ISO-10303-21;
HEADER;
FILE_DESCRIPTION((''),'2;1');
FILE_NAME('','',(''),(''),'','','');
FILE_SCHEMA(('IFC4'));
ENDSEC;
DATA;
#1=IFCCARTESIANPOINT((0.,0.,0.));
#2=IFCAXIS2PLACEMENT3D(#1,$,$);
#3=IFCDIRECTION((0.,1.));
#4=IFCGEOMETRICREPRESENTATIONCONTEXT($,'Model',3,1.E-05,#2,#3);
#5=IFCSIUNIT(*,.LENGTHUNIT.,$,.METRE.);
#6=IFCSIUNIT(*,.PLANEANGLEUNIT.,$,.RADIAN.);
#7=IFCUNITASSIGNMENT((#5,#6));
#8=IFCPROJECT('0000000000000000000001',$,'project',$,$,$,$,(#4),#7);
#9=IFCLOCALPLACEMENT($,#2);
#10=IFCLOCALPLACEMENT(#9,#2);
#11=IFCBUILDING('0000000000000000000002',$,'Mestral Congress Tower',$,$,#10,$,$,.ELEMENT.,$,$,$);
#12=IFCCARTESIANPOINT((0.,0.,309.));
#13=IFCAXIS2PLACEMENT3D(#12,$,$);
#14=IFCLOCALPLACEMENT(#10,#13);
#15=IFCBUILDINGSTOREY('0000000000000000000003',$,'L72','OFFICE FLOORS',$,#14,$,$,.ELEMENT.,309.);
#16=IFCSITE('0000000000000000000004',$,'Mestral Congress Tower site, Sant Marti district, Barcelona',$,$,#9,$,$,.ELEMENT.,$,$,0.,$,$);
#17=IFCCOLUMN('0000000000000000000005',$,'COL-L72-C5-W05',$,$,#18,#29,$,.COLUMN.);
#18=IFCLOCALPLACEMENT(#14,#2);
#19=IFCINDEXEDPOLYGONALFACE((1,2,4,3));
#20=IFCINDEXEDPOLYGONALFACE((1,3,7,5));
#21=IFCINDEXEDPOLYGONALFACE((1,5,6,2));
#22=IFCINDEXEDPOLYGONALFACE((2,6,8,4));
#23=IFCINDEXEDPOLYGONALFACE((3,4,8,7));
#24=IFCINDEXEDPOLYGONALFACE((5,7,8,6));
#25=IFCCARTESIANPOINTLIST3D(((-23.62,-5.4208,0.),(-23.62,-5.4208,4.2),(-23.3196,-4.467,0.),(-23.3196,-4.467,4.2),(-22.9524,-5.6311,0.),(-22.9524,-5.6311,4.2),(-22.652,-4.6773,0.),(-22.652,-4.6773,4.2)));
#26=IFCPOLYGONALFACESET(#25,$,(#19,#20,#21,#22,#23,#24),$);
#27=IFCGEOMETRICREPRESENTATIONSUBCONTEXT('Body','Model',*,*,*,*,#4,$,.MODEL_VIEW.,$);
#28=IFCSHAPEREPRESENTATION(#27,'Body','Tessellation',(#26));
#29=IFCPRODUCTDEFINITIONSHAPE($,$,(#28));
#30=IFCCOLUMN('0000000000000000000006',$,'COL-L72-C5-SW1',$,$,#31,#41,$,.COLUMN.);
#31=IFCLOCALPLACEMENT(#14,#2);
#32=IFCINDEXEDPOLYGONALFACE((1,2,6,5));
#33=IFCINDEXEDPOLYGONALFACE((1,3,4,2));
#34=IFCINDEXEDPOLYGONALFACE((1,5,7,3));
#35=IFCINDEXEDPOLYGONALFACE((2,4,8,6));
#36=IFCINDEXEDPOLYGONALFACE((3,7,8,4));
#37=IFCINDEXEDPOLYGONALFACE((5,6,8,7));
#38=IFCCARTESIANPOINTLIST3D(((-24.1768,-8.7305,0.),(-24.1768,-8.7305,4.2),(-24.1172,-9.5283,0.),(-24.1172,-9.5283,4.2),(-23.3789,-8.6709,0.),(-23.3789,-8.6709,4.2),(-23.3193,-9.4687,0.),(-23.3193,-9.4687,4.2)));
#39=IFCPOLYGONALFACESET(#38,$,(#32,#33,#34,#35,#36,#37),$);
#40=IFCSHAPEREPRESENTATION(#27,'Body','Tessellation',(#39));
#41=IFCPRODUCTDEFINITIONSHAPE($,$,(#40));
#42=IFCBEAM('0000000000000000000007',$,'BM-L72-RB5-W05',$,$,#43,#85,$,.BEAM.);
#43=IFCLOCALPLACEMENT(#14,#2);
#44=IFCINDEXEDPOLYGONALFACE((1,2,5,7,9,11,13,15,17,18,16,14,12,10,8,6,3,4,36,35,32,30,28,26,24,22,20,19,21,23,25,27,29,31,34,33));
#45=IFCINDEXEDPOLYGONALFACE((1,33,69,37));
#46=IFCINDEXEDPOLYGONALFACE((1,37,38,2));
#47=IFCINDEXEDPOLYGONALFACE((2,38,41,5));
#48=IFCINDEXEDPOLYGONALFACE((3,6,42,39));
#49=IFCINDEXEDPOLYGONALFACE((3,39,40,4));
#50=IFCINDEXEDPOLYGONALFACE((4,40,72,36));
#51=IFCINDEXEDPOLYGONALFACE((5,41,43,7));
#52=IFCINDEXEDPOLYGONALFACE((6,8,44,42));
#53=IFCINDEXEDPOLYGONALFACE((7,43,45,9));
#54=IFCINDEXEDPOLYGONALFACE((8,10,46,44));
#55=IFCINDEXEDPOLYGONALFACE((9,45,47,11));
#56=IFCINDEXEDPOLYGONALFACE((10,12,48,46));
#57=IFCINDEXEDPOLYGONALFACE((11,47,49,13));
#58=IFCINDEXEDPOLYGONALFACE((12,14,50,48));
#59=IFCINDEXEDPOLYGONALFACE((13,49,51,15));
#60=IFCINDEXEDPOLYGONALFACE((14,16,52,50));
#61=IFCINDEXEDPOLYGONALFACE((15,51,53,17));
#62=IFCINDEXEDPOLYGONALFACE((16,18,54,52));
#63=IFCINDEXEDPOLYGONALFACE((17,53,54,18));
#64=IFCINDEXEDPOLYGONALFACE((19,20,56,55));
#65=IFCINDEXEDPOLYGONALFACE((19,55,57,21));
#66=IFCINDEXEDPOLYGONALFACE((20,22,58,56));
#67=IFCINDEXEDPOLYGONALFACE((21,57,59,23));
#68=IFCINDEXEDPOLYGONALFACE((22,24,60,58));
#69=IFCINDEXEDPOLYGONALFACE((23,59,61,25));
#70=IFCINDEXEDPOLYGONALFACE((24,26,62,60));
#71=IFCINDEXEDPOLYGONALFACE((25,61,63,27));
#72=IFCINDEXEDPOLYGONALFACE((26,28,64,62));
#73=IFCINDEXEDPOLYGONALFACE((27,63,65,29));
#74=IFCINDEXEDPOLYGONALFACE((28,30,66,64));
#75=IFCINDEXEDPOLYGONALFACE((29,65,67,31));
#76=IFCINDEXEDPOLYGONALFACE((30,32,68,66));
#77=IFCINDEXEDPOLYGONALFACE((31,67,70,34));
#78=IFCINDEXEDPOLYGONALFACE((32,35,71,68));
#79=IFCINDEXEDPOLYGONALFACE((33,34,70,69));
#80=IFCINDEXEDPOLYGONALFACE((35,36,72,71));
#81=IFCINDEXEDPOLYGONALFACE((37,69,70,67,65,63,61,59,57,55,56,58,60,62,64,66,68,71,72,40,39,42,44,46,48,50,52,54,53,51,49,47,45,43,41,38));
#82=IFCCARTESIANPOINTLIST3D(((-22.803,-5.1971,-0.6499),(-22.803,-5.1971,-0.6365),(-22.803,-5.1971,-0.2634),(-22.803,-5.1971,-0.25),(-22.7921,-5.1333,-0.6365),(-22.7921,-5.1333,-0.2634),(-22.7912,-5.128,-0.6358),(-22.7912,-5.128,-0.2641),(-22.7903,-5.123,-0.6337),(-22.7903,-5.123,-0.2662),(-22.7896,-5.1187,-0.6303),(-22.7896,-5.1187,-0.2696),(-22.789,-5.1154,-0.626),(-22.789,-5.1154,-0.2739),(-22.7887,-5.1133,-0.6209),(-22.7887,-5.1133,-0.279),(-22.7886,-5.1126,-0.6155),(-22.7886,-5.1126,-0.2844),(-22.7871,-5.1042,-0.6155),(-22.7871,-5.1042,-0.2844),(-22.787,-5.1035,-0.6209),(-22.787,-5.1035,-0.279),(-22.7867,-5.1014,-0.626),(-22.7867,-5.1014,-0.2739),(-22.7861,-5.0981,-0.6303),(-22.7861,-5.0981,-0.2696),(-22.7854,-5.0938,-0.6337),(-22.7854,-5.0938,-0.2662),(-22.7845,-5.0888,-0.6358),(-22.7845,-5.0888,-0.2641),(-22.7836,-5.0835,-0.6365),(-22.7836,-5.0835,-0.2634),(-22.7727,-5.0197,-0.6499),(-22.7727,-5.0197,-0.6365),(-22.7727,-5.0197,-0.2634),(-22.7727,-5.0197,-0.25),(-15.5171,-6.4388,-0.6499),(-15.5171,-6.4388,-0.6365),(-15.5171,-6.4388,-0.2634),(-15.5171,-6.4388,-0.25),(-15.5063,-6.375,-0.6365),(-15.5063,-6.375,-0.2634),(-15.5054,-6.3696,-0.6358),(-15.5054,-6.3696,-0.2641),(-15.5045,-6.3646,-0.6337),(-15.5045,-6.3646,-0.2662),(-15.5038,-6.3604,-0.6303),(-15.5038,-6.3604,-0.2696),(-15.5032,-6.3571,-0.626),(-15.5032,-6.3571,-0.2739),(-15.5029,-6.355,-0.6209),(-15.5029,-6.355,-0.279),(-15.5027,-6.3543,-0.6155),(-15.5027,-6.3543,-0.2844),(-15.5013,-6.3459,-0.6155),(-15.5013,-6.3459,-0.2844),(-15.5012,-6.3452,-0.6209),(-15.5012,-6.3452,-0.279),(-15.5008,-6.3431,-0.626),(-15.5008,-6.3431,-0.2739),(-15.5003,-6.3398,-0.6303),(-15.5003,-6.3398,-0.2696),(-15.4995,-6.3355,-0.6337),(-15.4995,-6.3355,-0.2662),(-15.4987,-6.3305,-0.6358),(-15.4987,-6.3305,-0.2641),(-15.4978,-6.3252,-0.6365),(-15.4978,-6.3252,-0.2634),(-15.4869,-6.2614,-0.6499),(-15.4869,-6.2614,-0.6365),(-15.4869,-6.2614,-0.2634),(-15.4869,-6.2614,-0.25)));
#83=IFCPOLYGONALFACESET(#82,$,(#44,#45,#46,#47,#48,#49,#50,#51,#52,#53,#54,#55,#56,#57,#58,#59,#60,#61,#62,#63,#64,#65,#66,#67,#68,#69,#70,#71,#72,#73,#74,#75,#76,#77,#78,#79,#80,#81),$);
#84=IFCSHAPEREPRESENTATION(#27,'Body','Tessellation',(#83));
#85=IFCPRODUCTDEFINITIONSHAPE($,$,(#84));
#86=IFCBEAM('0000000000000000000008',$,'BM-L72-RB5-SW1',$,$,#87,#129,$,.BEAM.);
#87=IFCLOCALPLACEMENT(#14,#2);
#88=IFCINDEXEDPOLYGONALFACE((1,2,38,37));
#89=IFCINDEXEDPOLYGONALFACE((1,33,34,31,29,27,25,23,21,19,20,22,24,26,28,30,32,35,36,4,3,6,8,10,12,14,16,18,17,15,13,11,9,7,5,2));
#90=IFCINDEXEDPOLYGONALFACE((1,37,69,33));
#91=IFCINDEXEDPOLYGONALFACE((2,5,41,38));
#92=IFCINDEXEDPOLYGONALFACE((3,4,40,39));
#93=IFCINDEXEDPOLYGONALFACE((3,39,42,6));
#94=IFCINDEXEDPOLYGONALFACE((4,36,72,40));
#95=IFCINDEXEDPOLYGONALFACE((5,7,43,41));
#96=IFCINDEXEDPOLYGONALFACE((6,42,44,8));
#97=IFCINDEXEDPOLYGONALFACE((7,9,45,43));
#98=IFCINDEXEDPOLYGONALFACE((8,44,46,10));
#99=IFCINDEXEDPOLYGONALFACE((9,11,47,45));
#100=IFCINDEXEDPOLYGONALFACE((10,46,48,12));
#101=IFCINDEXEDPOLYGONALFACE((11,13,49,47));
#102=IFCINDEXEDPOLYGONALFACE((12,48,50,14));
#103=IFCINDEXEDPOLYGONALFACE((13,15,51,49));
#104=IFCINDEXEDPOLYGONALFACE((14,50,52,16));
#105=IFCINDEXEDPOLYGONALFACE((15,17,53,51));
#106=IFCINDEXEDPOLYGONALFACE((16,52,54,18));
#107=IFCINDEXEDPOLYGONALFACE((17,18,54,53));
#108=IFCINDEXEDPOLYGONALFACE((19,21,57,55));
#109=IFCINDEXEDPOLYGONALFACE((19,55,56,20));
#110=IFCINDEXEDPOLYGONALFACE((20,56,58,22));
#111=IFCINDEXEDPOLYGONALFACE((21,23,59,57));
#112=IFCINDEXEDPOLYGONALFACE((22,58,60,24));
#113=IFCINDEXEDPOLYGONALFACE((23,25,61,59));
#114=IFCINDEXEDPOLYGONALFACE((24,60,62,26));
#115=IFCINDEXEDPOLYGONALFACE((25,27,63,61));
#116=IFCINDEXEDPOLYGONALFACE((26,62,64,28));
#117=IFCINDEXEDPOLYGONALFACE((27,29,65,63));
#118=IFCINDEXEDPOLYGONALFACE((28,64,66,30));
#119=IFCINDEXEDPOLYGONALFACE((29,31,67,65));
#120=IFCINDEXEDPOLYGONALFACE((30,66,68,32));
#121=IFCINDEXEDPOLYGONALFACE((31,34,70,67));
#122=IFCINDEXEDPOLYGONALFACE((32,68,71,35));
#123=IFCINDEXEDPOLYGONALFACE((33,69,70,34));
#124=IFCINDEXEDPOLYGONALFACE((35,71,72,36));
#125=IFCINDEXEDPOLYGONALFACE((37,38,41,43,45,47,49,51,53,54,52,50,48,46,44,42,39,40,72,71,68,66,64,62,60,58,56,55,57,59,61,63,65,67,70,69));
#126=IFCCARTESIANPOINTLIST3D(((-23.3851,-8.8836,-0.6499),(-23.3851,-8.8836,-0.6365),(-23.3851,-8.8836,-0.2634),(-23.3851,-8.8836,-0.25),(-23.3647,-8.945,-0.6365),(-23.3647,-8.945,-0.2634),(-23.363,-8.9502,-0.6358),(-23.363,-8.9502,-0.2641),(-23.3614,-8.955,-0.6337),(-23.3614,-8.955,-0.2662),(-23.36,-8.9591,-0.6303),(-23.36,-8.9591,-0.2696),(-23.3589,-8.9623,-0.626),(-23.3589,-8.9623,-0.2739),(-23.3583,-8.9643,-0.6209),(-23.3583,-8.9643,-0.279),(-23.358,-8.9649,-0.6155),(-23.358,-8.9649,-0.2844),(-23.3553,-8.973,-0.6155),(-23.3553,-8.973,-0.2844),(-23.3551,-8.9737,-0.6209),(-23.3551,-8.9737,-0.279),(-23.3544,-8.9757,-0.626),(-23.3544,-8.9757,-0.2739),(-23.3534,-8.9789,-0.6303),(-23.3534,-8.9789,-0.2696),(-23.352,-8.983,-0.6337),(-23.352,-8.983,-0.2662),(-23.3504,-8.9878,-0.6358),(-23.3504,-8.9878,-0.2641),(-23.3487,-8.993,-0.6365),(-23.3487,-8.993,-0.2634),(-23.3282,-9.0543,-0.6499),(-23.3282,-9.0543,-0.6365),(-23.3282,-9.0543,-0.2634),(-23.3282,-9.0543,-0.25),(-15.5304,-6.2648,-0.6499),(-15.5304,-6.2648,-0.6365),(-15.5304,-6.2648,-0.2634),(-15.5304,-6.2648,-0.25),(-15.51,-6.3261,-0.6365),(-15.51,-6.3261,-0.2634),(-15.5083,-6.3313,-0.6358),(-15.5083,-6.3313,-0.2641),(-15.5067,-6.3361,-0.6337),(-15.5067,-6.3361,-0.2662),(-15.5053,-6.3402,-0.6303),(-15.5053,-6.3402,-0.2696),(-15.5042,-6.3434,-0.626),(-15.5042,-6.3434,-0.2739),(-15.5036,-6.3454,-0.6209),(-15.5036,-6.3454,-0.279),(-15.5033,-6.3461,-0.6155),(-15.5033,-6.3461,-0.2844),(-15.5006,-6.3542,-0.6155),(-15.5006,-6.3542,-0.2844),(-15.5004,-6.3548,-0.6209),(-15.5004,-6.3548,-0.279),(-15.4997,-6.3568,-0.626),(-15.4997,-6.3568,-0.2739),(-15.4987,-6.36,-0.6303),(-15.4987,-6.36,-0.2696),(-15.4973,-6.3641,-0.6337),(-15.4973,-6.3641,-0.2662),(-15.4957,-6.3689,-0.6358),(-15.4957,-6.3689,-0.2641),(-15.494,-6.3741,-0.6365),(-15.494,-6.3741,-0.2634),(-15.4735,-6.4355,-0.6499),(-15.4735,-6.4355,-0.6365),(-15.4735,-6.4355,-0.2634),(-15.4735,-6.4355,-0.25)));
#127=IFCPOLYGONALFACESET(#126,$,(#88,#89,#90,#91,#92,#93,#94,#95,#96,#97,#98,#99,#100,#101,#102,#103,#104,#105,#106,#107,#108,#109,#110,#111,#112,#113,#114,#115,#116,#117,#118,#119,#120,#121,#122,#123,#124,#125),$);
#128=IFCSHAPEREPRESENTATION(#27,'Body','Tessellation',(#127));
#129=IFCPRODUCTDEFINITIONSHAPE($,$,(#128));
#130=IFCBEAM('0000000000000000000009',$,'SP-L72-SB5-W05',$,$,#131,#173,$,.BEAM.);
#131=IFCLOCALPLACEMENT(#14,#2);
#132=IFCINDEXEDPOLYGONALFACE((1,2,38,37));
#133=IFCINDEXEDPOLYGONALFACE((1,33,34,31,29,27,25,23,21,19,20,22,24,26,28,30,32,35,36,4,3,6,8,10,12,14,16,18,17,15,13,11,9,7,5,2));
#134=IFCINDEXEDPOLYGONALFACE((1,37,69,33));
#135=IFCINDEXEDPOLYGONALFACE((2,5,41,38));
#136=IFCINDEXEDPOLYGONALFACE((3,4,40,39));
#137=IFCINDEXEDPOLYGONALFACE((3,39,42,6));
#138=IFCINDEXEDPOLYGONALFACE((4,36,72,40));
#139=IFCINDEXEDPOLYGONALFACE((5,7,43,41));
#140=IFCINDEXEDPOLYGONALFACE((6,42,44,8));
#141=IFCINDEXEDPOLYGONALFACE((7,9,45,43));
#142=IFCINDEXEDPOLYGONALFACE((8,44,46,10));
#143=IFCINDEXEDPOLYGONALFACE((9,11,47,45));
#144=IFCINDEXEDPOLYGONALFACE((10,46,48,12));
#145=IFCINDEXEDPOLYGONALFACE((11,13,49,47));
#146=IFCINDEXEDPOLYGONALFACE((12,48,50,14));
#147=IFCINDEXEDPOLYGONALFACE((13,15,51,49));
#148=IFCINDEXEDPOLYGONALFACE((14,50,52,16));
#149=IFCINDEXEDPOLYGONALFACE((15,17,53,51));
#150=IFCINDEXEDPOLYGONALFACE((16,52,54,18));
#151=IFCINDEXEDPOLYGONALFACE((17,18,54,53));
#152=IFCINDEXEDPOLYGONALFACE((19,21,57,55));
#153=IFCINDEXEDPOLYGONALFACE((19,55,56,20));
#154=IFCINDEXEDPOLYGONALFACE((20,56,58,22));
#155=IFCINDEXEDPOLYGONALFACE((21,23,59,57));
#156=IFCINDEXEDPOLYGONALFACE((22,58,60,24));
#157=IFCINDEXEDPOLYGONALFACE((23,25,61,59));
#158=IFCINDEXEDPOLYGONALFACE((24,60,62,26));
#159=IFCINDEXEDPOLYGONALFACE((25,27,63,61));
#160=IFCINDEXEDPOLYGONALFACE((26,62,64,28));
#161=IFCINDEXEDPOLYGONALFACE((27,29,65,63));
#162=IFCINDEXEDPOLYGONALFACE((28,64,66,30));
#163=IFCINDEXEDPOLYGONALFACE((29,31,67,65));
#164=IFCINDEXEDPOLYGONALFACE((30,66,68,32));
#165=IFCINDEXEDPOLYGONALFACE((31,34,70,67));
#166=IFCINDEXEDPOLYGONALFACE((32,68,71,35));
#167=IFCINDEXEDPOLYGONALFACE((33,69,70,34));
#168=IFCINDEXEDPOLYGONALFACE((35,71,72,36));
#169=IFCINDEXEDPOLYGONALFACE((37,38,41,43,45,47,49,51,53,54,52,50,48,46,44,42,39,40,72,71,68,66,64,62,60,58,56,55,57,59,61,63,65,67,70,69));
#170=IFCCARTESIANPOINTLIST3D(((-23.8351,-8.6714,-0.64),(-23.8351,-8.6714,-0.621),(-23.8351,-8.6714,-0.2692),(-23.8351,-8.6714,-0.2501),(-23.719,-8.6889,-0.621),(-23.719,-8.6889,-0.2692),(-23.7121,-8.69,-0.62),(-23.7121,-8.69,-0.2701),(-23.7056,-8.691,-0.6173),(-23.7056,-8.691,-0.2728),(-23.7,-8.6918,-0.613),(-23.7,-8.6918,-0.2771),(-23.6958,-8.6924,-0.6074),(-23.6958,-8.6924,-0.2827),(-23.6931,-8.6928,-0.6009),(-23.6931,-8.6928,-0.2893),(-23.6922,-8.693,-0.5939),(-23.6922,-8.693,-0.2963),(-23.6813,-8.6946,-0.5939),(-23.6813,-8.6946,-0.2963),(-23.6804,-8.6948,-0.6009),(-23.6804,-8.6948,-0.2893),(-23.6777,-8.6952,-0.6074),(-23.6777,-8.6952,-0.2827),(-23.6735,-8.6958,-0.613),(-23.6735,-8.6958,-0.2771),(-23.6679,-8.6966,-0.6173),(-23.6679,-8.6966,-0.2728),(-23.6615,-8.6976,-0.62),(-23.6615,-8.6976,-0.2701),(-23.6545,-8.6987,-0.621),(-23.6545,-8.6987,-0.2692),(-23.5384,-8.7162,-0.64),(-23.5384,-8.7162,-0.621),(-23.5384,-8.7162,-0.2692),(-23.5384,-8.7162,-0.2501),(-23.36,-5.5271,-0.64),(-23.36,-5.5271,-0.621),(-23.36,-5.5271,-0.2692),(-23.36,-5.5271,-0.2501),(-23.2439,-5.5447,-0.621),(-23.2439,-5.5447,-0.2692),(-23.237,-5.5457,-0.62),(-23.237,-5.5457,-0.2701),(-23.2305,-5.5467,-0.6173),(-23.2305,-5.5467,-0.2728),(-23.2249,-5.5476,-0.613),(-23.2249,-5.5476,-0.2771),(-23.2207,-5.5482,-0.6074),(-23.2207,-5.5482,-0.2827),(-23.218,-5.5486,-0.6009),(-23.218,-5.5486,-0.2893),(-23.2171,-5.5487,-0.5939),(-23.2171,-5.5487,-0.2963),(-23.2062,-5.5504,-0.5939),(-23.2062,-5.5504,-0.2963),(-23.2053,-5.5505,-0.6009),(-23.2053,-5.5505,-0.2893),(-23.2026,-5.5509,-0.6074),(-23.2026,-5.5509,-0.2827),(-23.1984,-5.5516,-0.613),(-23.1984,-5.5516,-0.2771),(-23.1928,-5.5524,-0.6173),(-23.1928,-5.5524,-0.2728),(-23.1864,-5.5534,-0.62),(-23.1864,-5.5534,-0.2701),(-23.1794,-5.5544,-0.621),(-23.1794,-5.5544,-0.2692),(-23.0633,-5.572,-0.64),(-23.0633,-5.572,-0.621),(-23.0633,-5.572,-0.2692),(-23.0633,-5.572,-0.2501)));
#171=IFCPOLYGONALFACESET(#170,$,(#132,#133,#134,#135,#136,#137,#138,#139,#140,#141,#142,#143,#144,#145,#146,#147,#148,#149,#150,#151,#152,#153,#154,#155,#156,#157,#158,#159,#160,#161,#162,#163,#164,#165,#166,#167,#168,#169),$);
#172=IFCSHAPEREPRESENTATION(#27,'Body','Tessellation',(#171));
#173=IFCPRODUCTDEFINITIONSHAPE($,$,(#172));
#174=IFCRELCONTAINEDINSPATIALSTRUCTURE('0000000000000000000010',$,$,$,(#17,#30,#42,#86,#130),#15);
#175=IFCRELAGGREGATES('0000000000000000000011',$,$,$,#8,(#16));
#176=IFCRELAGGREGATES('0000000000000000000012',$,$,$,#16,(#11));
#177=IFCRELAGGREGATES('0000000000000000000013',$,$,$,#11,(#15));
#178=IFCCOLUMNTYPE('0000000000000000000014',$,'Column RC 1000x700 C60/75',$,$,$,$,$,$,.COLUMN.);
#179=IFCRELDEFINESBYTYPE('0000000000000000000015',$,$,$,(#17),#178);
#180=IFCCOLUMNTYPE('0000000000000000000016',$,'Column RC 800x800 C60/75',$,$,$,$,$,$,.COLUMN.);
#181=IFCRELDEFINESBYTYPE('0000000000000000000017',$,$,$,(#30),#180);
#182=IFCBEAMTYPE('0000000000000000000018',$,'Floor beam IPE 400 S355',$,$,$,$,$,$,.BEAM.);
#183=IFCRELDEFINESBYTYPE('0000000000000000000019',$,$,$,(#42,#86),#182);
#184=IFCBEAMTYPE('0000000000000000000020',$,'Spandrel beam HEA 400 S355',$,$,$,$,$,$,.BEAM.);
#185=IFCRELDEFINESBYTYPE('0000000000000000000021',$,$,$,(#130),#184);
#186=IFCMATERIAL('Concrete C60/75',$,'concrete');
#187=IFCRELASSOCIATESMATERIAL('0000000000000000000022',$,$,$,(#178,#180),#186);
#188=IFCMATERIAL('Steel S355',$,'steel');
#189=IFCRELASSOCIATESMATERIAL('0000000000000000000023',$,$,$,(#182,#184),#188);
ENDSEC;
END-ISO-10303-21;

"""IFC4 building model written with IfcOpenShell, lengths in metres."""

from ifc_helpers import new_model, si_unit, direction, frame, origin, origin_2d, place, context, subcontext, project, spatial, rectangle, i_section, extrude, material, material_profile, profile_set, type_object, element, save


model = new_model("IFC4")

# Units and contexts
model_context = context("Model", 3, precision=1e-05, world=origin(), true_north=direction((0.0, 1.0)))
body_context = subcontext(model_context, "Body", "Model", "MODEL_VIEW")
ifc_project = project(units=[si_unit("LENGTHUNIT", "METRE"), si_unit("PLANEANGLEUNIT", "RADIAN")], contexts=[model_context])

# Site, building, storey
site_placement = place(None, origin())
site = spatial("IfcSite", under=ifc_project, at=site_placement, Name="Mestral Congress Tower site, Sant Marti district, Barcelona", CompositionType="ELEMENT", RefElevation=0.0)
building_placement = place(site_placement, origin())
building = spatial("IfcBuilding", under=site, at=building_placement, Name="Mestral Congress Tower", CompositionType="ELEMENT")
storey_placement = place(building_placement, frame((0.0, 0.0, 309.0)))
storey = spatial("IfcBuildingStorey", under=building, at=storey_placement, Name="L72", Description="OFFICE FLOORS", CompositionType="ELEMENT", Elevation=309.0)

# Columns
ifc_material_1 = material(Name="Concrete C60/75", Category="concrete")
ifc_material_profile_1 = material_profile(ifc_material_1, rectangle(XDim=1.0, YDim=0.7, at=origin_2d()), Name="RC 1000x700")
ifc_profile_set_1 = profile_set([ifc_material_profile_1], Name="Concrete C60/75")
column_type_1 = type_object("IfcColumnType", Name="Column RC 1000x700 C60/75", PredefinedType="COLUMN", material=ifc_profile_set_1)
column_1_placement = place(storey_placement, frame((-23.136, -5.0491, 0.0), z_axis=(0.0, 0.0, 1.0), x_axis=(-0.300431, -0.953804, 0.0)))
element("IfcColumn", 1, at=column_1_placement, inside=storey, type_object=column_type_1, Name="COL-L72-C5-W05", PredefinedType="COLUMN", context=body_context, shape_type="SweptSolid", body=[
    extrude(rectangle(XDim=1.0, YDim=0.7, at=origin_2d()), origin(), (0.0, 0.0, 1.0), 4.2),
])
ifc_material_profile_2 = material_profile(ifc_material_1, rectangle(XDim=0.8, YDim=0.8, at=origin_2d()), Name="RC 800x800")
ifc_profile_set_2 = profile_set([ifc_material_profile_2], Name="Concrete C60/75")
column_type_2 = type_object("IfcColumnType", Name="Column RC 800x800 C60/75", PredefinedType="COLUMN", material=ifc_profile_set_2)
column_2_placement = place(storey_placement, frame((-23.748, -9.0996, 0.0), z_axis=(0.0, 0.0, 1.0), x_axis=(0.074511, -0.99722, 0.0)))
element("IfcColumn", 2, at=column_2_placement, inside=storey, type_object=column_type_2, Name="COL-L72-C5-SW1", PredefinedType="COLUMN", context=body_context, shape_type="SweptSolid", body=[
    extrude(rectangle(XDim=0.8, YDim=0.8, at=origin_2d()), origin(), (0.0, 0.0, 1.0), 4.2),
])

# Beams
ifc_material_2 = material(Name="Steel S355", Category="steel")
ifc_material_profile_3 = material_profile(ifc_material_2, i_section(OverallWidth=0.1799, OverallDepth=0.3999, WebThickness=0.0085, FlangeThickness=0.0134, FilletRadius=0.021, at=origin_2d()), Name="IPE 400")
ifc_profile_set_3 = profile_set([ifc_material_profile_3], Name="Steel S355")
beam_type_1 = type_object("IfcBeamType", Name="Floor beam IPE 400 S355", PredefinedType="BEAM", material=ifc_profile_set_3)
beam_1_placement = place(storey_placement, frame((-22.7878, -5.1084, -0.45), z_axis=(0.985787, -0.168003, 0.0), x_axis=(0.168003, 0.985787, 0.0)))
element("IfcBeam", 3, at=beam_1_placement, inside=storey, type_object=beam_type_1, Name="BM-L72-RB5-W05", PredefinedType="BEAM", context=body_context, shape_type="SweptSolid", body=[
    extrude(i_section(OverallWidth=0.1799, OverallDepth=0.3999, WebThickness=0.0085, FlangeThickness=0.0134, FilletRadius=0.021, at=origin_2d()), origin(), (0.0, 0.0, 1.0), 7.3909),
])
beam_2_placement = place(storey_placement, frame((-23.3567, -8.969, -0.45), z_axis=(0.94866, 0.316299, 0.0), x_axis=(-0.316299, 0.94866, 0.0)))
element("IfcBeam", 4, at=beam_2_placement, inside=storey, type_object=beam_type_1, Name="BM-L72-RB5-SW1", PredefinedType="BEAM", context=body_context, shape_type="SweptSolid", body=[
    extrude(i_section(OverallWidth=0.1799, OverallDepth=0.3999, WebThickness=0.0085, FlangeThickness=0.0134, FilletRadius=0.021, at=origin_2d()), origin(), (0.0, 0.0, 1.0), 8.2798),
])
ifc_material_profile_4 = material_profile(ifc_material_2, i_section(OverallWidth=0.3, OverallDepth=0.3899, WebThickness=0.011, FlangeThickness=0.019, FilletRadius=0.0271, at=origin_2d()), Name="HEA 400")
ifc_profile_set_4 = profile_set([ifc_material_profile_4], Name="Steel S355")
beam_type_2 = type_object("IfcBeamType", Name="Spandrel beam HEA 400 S355", PredefinedType="BEAM", material=ifc_profile_set_4)
beam_3_placement = place(storey_placement, frame((-23.2117, -5.5496, -0.4451), z_axis=(-0.149403, -0.988776, 0.0), x_axis=(0.988776, -0.149403, 0.0)))
element("IfcBeam", 5, at=beam_3_placement, inside=storey, type_object=beam_type_2, Name="SP-L72-SB5-W05", PredefinedType="BEAM", context=body_context, shape_type="SweptSolid", body=[
    extrude(i_section(OverallWidth=0.3, OverallDepth=0.3899, WebThickness=0.011, FlangeThickness=0.019, FilletRadius=0.0271, at=origin_2d()), origin(), (0.0, 0.0, 1.0), 3.1799),
])

save(model, "model.ifc")
